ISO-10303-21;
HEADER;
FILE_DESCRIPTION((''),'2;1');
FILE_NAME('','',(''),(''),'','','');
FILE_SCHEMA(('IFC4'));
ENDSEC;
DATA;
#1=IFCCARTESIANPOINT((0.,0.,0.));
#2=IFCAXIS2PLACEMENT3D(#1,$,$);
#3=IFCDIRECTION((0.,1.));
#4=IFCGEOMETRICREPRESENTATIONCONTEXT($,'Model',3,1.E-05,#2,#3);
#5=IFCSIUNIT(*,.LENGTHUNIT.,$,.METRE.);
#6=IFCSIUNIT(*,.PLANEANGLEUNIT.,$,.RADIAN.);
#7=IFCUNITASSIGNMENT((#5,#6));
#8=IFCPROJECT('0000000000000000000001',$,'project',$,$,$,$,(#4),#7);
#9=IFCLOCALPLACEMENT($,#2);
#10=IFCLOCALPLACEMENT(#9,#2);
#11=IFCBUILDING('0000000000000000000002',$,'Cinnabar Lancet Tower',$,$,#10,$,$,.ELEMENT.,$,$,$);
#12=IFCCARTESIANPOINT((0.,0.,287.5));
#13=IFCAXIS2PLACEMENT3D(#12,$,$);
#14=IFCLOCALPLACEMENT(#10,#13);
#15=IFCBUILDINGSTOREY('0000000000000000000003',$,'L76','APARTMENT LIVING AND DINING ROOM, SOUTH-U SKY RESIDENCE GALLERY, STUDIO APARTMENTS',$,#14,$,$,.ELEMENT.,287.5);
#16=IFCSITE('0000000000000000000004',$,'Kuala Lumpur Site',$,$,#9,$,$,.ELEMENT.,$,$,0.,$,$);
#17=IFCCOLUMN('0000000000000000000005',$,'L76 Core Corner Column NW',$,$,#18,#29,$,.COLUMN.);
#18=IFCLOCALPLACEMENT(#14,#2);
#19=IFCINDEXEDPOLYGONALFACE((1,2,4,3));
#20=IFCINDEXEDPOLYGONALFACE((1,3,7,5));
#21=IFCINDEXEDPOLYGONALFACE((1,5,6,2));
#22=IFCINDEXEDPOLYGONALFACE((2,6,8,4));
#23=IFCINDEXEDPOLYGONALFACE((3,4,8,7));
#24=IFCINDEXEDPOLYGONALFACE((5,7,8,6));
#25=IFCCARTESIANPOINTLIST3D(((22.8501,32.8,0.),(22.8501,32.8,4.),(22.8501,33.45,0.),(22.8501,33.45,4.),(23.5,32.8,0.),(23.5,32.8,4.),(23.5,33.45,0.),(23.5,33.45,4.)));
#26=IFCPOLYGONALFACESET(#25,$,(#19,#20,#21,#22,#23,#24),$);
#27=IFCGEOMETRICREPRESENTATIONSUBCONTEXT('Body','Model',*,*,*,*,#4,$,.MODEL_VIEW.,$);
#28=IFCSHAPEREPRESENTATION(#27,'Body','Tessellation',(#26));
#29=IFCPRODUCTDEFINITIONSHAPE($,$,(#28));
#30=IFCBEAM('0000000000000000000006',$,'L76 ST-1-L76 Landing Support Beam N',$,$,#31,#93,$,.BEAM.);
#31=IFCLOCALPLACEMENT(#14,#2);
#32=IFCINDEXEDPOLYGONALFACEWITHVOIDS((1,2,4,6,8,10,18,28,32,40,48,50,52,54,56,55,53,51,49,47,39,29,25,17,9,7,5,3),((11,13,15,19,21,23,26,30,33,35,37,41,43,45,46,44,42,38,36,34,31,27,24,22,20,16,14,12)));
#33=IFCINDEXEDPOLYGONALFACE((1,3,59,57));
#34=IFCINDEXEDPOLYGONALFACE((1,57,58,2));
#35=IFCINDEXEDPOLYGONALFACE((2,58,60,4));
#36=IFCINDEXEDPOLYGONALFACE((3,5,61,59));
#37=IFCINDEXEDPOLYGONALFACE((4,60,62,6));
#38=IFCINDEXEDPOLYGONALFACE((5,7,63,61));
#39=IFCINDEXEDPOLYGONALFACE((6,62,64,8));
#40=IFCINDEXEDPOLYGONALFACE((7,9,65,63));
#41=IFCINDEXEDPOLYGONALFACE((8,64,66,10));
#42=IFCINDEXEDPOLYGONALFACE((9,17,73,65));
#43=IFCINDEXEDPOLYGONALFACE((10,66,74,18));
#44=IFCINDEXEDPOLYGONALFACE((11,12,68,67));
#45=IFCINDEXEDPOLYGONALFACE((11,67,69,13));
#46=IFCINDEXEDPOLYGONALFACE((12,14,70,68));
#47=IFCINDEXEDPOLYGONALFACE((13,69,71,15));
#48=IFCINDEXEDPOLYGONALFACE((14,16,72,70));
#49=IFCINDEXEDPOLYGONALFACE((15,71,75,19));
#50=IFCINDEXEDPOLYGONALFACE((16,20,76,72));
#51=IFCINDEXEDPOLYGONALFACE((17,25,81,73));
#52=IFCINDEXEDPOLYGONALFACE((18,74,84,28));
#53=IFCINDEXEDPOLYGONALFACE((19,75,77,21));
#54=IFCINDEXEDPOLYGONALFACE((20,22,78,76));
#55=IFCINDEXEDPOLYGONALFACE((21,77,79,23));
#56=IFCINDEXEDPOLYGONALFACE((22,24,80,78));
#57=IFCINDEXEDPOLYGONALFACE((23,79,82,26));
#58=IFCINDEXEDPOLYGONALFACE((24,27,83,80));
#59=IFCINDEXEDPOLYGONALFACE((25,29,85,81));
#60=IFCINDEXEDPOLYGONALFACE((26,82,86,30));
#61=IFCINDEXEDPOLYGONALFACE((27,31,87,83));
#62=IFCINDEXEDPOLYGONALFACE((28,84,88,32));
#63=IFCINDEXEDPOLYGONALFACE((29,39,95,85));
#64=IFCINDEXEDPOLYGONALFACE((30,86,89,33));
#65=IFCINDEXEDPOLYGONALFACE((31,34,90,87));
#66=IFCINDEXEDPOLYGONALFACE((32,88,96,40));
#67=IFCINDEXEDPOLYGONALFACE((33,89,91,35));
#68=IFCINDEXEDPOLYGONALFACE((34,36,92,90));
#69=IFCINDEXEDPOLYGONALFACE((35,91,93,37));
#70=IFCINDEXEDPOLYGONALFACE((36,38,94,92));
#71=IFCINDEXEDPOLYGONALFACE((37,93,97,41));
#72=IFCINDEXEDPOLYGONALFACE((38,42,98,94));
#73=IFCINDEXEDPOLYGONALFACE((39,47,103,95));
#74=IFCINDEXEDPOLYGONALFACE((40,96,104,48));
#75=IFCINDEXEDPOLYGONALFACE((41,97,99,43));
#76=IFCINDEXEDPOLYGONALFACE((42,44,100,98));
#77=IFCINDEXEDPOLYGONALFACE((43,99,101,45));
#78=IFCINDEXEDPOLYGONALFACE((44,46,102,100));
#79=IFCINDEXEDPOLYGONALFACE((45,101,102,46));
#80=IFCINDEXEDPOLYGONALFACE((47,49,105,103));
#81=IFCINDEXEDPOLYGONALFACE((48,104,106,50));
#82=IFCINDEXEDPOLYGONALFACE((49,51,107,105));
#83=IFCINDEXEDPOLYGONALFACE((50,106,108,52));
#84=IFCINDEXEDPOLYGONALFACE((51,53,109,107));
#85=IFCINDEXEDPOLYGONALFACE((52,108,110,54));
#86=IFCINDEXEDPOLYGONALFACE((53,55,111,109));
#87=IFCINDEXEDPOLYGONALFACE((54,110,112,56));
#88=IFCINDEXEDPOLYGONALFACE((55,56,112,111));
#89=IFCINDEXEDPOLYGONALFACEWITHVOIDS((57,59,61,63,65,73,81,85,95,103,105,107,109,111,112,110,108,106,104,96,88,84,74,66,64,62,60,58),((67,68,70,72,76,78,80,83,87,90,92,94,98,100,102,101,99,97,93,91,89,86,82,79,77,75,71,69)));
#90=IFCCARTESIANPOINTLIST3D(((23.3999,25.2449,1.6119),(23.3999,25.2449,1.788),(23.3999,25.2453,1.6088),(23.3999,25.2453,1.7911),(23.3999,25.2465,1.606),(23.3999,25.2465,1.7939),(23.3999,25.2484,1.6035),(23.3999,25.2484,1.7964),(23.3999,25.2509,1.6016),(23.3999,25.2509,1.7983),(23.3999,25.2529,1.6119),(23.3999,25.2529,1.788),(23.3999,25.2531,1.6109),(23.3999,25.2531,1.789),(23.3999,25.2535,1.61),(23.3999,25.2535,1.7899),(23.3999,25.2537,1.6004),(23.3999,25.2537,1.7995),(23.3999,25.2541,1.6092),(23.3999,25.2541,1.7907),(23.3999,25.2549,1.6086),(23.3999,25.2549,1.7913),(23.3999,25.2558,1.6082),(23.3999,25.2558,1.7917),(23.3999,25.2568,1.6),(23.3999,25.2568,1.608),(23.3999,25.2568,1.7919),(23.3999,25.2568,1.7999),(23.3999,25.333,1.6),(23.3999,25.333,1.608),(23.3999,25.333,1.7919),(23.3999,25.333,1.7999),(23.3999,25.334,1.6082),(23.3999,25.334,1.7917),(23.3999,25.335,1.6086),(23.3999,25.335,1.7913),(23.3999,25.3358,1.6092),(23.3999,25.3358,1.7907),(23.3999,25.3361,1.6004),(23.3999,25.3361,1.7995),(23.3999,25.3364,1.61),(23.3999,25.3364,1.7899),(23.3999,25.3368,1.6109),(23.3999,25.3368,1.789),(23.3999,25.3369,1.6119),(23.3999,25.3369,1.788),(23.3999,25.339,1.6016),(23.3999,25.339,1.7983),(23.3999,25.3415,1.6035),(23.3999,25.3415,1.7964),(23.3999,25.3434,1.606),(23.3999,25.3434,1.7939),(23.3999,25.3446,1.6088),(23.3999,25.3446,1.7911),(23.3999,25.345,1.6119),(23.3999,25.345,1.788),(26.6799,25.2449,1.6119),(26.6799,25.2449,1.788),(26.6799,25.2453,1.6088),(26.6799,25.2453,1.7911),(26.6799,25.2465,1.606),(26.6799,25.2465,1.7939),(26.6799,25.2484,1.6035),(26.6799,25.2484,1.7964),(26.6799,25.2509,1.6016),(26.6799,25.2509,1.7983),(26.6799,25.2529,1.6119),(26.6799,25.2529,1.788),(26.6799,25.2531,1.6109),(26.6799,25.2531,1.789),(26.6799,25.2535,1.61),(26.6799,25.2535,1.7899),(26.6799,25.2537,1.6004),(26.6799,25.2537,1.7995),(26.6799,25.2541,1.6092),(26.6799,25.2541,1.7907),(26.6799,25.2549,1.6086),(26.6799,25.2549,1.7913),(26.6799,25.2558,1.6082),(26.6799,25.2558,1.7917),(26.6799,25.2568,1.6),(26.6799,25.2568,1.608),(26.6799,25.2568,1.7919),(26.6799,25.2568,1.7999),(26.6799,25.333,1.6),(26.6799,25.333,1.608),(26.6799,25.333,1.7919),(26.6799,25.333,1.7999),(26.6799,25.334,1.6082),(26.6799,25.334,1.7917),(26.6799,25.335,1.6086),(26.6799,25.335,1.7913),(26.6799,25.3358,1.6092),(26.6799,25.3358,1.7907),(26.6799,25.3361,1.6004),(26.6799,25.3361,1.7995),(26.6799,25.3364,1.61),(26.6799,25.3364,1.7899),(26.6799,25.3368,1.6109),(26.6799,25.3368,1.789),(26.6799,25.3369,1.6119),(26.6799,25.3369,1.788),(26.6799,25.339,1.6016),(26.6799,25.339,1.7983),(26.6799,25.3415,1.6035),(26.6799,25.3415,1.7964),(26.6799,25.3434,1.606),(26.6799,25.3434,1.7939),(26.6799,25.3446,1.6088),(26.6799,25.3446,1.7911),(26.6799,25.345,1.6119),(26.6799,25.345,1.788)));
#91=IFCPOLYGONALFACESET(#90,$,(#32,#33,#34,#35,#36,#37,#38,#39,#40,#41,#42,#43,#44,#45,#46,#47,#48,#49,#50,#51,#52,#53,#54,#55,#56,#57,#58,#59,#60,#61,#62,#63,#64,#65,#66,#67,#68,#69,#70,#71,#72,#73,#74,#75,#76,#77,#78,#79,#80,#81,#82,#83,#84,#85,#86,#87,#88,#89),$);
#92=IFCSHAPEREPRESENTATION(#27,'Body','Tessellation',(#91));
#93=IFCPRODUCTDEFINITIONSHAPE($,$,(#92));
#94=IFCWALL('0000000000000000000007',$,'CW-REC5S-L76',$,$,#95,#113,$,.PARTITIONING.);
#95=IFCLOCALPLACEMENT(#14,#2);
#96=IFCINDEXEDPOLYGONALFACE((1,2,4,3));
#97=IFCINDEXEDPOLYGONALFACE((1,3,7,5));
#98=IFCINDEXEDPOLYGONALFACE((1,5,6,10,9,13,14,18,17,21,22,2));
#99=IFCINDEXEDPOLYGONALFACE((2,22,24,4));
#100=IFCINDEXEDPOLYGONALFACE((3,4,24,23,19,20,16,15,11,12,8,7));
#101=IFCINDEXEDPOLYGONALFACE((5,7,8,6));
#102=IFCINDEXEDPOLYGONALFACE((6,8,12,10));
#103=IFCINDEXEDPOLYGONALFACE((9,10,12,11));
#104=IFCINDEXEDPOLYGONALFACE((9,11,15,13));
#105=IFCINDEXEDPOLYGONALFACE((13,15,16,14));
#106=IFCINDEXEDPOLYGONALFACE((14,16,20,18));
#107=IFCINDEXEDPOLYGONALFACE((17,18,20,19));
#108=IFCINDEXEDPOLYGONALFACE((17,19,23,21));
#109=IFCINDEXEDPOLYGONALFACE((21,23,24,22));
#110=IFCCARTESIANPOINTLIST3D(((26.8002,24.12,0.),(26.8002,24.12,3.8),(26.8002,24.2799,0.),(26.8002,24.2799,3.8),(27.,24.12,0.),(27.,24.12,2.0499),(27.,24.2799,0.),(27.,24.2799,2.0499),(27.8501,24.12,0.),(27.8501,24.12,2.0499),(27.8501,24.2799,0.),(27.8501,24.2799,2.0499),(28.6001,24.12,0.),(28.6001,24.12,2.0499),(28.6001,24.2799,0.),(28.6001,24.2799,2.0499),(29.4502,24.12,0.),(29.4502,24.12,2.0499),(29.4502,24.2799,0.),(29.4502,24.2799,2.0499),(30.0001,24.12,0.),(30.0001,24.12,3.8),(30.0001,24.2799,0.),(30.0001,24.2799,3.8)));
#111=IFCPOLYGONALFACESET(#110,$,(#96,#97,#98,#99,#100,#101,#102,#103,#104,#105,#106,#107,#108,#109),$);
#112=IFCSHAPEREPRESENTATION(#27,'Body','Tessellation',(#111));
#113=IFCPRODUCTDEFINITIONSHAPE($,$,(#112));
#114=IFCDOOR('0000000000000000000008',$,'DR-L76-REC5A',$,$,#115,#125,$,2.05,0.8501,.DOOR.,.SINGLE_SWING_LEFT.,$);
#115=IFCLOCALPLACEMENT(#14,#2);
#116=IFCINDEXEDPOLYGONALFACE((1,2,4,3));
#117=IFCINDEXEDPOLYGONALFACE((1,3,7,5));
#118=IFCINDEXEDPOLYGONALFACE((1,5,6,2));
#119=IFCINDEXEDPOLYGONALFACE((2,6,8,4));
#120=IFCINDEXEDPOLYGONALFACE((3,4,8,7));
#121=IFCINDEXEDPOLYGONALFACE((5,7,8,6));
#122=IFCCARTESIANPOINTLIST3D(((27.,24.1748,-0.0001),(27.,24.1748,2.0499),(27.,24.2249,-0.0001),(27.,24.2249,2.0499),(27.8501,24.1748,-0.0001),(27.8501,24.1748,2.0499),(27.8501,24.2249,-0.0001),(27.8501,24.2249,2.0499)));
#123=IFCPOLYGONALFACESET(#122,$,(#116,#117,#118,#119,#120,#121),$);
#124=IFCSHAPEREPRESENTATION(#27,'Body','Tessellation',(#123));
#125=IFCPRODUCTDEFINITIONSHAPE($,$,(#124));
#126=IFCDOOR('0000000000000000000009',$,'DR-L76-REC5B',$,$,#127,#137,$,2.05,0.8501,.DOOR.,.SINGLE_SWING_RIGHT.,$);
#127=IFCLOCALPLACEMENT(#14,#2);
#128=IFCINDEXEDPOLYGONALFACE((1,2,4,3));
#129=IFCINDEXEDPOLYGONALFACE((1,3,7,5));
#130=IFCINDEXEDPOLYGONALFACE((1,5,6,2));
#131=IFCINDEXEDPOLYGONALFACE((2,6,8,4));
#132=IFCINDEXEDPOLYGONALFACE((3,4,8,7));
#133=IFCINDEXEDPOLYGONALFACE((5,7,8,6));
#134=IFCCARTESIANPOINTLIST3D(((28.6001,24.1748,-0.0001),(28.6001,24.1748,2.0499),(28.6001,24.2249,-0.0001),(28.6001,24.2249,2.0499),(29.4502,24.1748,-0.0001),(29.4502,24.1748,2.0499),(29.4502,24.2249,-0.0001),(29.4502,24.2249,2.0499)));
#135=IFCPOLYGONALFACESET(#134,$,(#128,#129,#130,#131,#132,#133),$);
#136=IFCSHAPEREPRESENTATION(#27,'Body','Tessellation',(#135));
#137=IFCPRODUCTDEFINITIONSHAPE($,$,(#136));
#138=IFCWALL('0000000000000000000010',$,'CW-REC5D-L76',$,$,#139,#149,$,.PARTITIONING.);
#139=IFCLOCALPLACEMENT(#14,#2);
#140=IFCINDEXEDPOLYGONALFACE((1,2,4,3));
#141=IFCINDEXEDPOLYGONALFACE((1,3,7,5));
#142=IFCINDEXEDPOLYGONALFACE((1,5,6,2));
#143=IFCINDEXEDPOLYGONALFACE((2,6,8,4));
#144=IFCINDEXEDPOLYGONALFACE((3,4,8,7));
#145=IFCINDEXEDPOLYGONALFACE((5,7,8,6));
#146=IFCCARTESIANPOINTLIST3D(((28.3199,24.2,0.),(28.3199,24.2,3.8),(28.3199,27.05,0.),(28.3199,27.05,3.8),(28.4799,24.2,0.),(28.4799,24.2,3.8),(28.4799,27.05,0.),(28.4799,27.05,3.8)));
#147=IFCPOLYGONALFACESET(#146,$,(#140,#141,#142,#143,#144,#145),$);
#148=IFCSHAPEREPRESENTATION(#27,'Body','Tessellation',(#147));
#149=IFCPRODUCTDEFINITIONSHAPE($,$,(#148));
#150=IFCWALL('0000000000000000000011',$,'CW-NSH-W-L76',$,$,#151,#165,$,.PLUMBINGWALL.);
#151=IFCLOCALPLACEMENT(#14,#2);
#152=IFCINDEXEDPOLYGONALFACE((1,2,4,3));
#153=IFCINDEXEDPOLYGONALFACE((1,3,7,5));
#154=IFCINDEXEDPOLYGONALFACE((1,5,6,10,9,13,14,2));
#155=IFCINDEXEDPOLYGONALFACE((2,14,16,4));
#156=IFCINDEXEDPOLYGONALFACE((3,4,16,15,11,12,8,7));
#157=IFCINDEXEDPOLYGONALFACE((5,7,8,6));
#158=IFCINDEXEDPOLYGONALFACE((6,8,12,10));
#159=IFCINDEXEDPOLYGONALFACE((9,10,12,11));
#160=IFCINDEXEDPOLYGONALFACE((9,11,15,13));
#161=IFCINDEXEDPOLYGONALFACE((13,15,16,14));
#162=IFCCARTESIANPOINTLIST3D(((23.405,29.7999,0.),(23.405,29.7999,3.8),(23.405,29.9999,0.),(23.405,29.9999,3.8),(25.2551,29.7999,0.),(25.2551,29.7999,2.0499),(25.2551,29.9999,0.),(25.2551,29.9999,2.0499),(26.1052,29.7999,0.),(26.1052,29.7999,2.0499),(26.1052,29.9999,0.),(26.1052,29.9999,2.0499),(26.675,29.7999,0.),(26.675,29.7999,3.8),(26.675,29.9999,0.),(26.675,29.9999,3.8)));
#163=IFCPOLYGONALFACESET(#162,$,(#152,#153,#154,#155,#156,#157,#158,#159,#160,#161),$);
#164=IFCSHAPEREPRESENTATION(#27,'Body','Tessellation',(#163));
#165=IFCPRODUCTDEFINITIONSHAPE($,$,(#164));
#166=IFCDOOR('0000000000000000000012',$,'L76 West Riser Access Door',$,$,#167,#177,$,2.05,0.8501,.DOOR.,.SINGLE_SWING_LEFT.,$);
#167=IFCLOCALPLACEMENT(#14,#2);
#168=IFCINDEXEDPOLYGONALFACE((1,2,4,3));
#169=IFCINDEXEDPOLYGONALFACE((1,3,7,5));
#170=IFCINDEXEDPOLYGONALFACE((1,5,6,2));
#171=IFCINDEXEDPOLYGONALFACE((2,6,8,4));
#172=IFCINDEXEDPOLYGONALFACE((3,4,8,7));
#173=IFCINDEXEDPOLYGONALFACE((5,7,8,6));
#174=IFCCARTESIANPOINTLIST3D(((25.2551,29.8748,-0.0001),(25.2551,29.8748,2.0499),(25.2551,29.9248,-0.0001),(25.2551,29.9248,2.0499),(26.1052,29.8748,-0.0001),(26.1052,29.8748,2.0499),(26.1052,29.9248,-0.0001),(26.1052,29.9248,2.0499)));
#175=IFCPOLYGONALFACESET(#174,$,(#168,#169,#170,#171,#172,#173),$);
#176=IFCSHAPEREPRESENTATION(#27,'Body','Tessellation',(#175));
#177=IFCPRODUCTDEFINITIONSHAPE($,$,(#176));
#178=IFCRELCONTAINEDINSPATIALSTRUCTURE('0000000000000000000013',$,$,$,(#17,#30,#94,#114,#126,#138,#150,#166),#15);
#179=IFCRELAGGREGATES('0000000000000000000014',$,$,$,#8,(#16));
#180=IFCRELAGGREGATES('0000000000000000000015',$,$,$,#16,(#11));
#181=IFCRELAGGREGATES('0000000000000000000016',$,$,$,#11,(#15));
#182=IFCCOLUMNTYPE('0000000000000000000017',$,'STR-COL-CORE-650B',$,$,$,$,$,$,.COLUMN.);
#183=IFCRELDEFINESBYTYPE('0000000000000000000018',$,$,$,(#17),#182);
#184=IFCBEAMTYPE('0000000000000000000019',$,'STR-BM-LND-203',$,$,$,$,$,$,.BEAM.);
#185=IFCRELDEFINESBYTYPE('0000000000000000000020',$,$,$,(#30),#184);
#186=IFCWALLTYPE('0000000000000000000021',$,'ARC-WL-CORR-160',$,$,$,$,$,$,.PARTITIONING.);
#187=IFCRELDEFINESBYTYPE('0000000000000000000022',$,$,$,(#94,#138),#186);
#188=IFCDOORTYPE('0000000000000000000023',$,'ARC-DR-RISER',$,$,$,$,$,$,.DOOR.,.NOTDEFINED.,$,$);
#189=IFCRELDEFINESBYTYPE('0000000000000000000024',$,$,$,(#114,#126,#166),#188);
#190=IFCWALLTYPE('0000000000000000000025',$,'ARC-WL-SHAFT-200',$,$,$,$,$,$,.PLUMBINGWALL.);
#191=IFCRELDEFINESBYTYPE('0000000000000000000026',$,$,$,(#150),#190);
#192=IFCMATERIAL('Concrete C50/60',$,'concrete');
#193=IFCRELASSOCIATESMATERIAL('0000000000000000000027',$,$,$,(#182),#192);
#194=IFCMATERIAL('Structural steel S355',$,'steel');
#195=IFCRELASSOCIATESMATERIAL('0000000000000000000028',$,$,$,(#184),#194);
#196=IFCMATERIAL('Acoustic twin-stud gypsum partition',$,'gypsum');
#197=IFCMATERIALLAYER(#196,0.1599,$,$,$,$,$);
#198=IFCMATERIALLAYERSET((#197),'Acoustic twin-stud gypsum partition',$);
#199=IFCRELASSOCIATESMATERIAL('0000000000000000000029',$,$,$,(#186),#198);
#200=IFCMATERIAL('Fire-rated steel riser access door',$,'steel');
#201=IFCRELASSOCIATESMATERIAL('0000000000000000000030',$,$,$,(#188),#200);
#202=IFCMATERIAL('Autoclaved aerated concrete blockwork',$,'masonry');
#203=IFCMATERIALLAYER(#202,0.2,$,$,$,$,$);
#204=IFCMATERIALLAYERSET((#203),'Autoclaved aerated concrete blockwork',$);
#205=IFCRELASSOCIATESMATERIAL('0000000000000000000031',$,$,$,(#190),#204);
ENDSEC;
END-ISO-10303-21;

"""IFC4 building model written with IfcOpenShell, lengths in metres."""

from ifc_helpers import new_model, si_unit, direction, frame, frame_2d, origin, origin_2d, place, context, subcontext, project, spatial, rectangle, hollow_rectangle, extrude, material, layer, layer_set, material_profile, profile_set, type_object, element, fill, save


model = new_model("IFC4")

# Units and contexts
model_context = context("Model", 3, precision=1e-05, world=origin(), true_north=direction((0.0, 1.0)))
body_context = subcontext(model_context, "Body", "Model", "MODEL_VIEW")
ifc_project = project(units=[si_unit("LENGTHUNIT", "METRE"), si_unit("PLANEANGLEUNIT", "RADIAN")], contexts=[model_context])

# Site, building, storey
site_placement = place(None, origin())
site = spatial("IfcSite", under=ifc_project, at=site_placement, Name="Kuala Lumpur Site", CompositionType="ELEMENT", RefElevation=0.0)
building_placement = place(site_placement, origin())
building = spatial("IfcBuilding", under=site, at=building_placement, Name="Cinnabar Lancet Tower", CompositionType="ELEMENT")
storey_placement = place(building_placement, frame((0.0, 0.0, 287.5)))
storey = spatial("IfcBuildingStorey", under=building, at=storey_placement, Name="L76", Description="APARTMENT LIVING AND DINING ROOM, SOUTH-U SKY RESIDENCE GALLERY, STUDIO APARTMENTS", CompositionType="ELEMENT", Elevation=287.5)

# Column
ifc_material_1 = material(Name="Concrete C50/60", Category="concrete")
ifc_material_profile_1 = material_profile(ifc_material_1, rectangle(XDim=0.6499, YDim=0.6499, at=origin_2d()), Name="RC-COL 650x650")
ifc_profile_set_1 = profile_set([ifc_material_profile_1], Name="Concrete C50/60")
column_type = type_object("IfcColumnType", Name="STR-COL-CORE-650B", PredefinedType="COLUMN", material=ifc_profile_set_1)
column_placement = place(storey_placement, frame((23.175, 33.125, 0.0), z_axis=(0.0, 0.0, 1.0), x_axis=(1.0, 0.0, 0.0)))
element("IfcColumn", 1, at=column_placement, inside=storey, type_object=column_type, Name="L76 Core Corner Column NW", PredefinedType="COLUMN", context=body_context, shape_type="SweptSolid", body=[
    extrude(rectangle(XDim=0.6499, YDim=0.6499, at=origin_2d()), origin(), (0.0, 0.0, 1.0), 4.0),
])

# Beam
ifc_material_2 = material(Name="Structural steel S355", Category="steel")
ifc_material_profile_2 = material_profile(ifc_material_2, hollow_rectangle(XDim=0.1001, YDim=0.2, WallThickness=0.0081, InnerFilletRadius=0.0039, OuterFilletRadius=0.012, at=origin_2d()), Name="RHS 200x100x8")
ifc_profile_set_2 = profile_set([ifc_material_profile_2], Name="Structural steel S355")
beam_type = type_object("IfcBeamType", Name="STR-BM-LND-203", PredefinedType="BEAM", material=ifc_profile_set_2)
beam_placement = place(storey_placement, frame((23.3999, 25.2949, 1.7), z_axis=(1.0, 0.0, 0.0), x_axis=(0.0, 1.0, 0.0)))
element("IfcBeam", 2, at=beam_placement, inside=storey, type_object=beam_type, Name="L76 ST-1-L76 Landing Support Beam N", PredefinedType="BEAM", context=body_context, shape_type="SweptSolid", body=[
    extrude(hollow_rectangle(XDim=0.1001, YDim=0.2, WallThickness=0.0081, InnerFilletRadius=0.0039, OuterFilletRadius=0.012, at=origin_2d()), origin(), (0.0, 0.0, 1.0), 3.28),
])

# Wall, openings, doors
ifc_material_3 = material(Name="Acoustic twin-stud gypsum partition", Category="gypsum")
ifc_layer_1 = layer(ifc_material_3, 0.1599)
ifc_layer_set_1 = layer_set([ifc_layer_1], Name="Acoustic twin-stud gypsum partition")
wall_type_1 = type_object("IfcWallType", Name="ARC-WL-CORR-160", PredefinedType="PARTITIONING", material=ifc_layer_set_1)
wall_1_placement = place(storey_placement, frame((26.8, 24.2, 0.0), z_axis=(0.0, 0.0, 1.0), x_axis=(1.0, 0.0, 0.0)))
wall_1 = element("IfcWall", 3, at=wall_1_placement, inside=storey, type_object=wall_type_1, Name="CW-REC5S-L76", PredefinedType="PARTITIONING", context=body_context, shape_type="SweptSolid", body=[
    extrude(rectangle(XDim=3.2, YDim=0.1599, at=frame_2d((1.6001, 0.0))), origin(), (0.0, 0.0, 1.0), 3.8),
])
opening_1_placement = place(wall_1_placement, frame((0.2, 0.0, 0.0)))
opening_1 = element("IfcOpeningElement", 4, at=opening_1_placement, cuts=wall_1, PredefinedType="OPENING", context=body_context, shape_type="SweptSolid", body=[
    extrude(rectangle(XDim=0.8501, YDim=2.05, at=frame_2d((0.425, 1.0249))), frame((0.0, 0.0898, 0.0), z_axis=(0.0, -1.0, 0.0), x_axis=(1.0, 0.0, 0.0)), (0.0, 0.0, 1.0), 0.1799),
])
opening_2_placement = place(wall_1_placement, frame((1.8, 0.0, 0.0)))
opening_2 = element("IfcOpeningElement", 5, at=opening_2_placement, cuts=wall_1, PredefinedType="OPENING", context=body_context, shape_type="SweptSolid", body=[
    extrude(rectangle(XDim=0.8501, YDim=2.05, at=frame_2d((0.425, 1.0249))), frame((0.0, 0.0898, 0.0), z_axis=(0.0, -1.0, 0.0), x_axis=(1.0, 0.0, 0.0)), (0.0, 0.0, 1.0), 0.1799),
])
ifc_material_4 = material(Name="Fire-rated steel riser access door", Category="steel")
door_type_1 = type_object("IfcDoorType", Name="ARC-DR-RISER", OperationType="NOTDEFINED", PredefinedType="DOOR", material=ifc_material_4)
door_1_placement = place(opening_1_placement, origin())
door_1 = element("IfcDoor", 6, at=door_1_placement, inside=storey, type_object=door_type_1, Name="DR-L76-REC5A", OperationType="SINGLE_SWING_LEFT", OverallHeight=2.05, OverallWidth=0.8501, PredefinedType="DOOR", context=body_context, shape_type="SweptSolid", body=[
    extrude(rectangle(XDim=0.8501, YDim=2.05, at=frame_2d((0.425, 1.0249))), frame((0.0, 0.0249, 0.0), z_axis=(0.0, -1.0, 0.0), x_axis=(1.0, 0.0, 0.0)), (0.0, 0.0, 1.0), 0.05),
])
fill(opening_1, door_1)
door_2_placement = place(opening_2_placement, origin())
door_2 = element("IfcDoor", 7, at=door_2_placement, inside=storey, type_object=door_type_1, Name="DR-L76-REC5B", OperationType="SINGLE_SWING_RIGHT", OverallHeight=2.05, OverallWidth=0.8501, PredefinedType="DOOR", context=body_context, shape_type="SweptSolid", body=[
    extrude(rectangle(XDim=0.8501, YDim=2.05, at=frame_2d((0.425, 1.0249))), frame((0.0, 0.0249, 0.0), z_axis=(0.0, -1.0, 0.0), x_axis=(1.0, 0.0, 0.0)), (0.0, 0.0, 1.0), 0.05),
])
fill(opening_2, door_2)

# Wall
wall_2_placement = place(storey_placement, frame((28.3999, 24.2, 0.0), z_axis=(0.0, 0.0, 1.0), x_axis=(0.0, 1.0, 0.0)))
element("IfcWall", 8, at=wall_2_placement, inside=storey, type_object=wall_type_1, Name="CW-REC5D-L76", PredefinedType="PARTITIONING", context=body_context, shape_type="SweptSolid", body=[
    extrude(rectangle(XDim=2.8501, YDim=0.1599, at=frame_2d((1.425, 0.0))), origin(), (0.0, 0.0, 1.0), 3.8),
])

# Wall, opening, door
ifc_material_5 = material(Name="Autoclaved aerated concrete blockwork", Category="masonry")
ifc_layer_2 = layer(ifc_material_5, 0.2)
ifc_layer_set_2 = layer_set([ifc_layer_2], Name="Autoclaved aerated concrete blockwork")
wall_type_2 = type_object("IfcWallType", Name="ARC-WL-SHAFT-200", PredefinedType="PLUMBINGWALL", material=ifc_layer_set_2)
wall_3_placement = place(storey_placement, frame((23.405, 29.8999, 0.0), z_axis=(0.0, 0.0, 1.0), x_axis=(1.0, 0.0, 0.0)))
wall_3 = element("IfcWall", 9, at=wall_3_placement, inside=storey, type_object=wall_type_2, Name="CW-NSH-W-L76", PredefinedType="PLUMBINGWALL", context=body_context, shape_type="SweptSolid", body=[
    extrude(rectangle(XDim=3.27, YDim=0.2, at=frame_2d((1.635, 0.0))), origin(), (0.0, 0.0, 1.0), 3.8),
])
opening_3_placement = place(wall_3_placement, frame((1.8501, 0.0, 0.0)))
opening_3 = element("IfcOpeningElement", 10, at=opening_3_placement, cuts=wall_3, PredefinedType="OPENING", context=body_context, shape_type="SweptSolid", body=[
    extrude(rectangle(XDim=0.8501, YDim=2.05, at=frame_2d((0.425, 1.0249))), frame((0.0, 0.1099, 0.0), z_axis=(0.0, -1.0, 0.0), x_axis=(1.0, 0.0, 0.0)), (0.0, 0.0, 1.0), 0.22),
])
door_3_placement = place(opening_3_placement, origin())
door_3 = element("IfcDoor", 11, at=door_3_placement, inside=storey, type_object=door_type_1, Name="L76 West Riser Access Door", OperationType="SINGLE_SWING_LEFT", OverallHeight=2.05, OverallWidth=0.8501, PredefinedType="DOOR", context=body_context, shape_type="SweptSolid", body=[
    extrude(rectangle(XDim=0.8501, YDim=2.05, at=frame_2d((0.425, 1.0249))), frame((0.0, 0.0249, 0.0), z_axis=(0.0, -1.0, 0.0), x_axis=(1.0, 0.0, 0.0)), (0.0, 0.0, 1.0), 0.05),
])
fill(opening_3, door_3)

save(model, "model.ifc")
